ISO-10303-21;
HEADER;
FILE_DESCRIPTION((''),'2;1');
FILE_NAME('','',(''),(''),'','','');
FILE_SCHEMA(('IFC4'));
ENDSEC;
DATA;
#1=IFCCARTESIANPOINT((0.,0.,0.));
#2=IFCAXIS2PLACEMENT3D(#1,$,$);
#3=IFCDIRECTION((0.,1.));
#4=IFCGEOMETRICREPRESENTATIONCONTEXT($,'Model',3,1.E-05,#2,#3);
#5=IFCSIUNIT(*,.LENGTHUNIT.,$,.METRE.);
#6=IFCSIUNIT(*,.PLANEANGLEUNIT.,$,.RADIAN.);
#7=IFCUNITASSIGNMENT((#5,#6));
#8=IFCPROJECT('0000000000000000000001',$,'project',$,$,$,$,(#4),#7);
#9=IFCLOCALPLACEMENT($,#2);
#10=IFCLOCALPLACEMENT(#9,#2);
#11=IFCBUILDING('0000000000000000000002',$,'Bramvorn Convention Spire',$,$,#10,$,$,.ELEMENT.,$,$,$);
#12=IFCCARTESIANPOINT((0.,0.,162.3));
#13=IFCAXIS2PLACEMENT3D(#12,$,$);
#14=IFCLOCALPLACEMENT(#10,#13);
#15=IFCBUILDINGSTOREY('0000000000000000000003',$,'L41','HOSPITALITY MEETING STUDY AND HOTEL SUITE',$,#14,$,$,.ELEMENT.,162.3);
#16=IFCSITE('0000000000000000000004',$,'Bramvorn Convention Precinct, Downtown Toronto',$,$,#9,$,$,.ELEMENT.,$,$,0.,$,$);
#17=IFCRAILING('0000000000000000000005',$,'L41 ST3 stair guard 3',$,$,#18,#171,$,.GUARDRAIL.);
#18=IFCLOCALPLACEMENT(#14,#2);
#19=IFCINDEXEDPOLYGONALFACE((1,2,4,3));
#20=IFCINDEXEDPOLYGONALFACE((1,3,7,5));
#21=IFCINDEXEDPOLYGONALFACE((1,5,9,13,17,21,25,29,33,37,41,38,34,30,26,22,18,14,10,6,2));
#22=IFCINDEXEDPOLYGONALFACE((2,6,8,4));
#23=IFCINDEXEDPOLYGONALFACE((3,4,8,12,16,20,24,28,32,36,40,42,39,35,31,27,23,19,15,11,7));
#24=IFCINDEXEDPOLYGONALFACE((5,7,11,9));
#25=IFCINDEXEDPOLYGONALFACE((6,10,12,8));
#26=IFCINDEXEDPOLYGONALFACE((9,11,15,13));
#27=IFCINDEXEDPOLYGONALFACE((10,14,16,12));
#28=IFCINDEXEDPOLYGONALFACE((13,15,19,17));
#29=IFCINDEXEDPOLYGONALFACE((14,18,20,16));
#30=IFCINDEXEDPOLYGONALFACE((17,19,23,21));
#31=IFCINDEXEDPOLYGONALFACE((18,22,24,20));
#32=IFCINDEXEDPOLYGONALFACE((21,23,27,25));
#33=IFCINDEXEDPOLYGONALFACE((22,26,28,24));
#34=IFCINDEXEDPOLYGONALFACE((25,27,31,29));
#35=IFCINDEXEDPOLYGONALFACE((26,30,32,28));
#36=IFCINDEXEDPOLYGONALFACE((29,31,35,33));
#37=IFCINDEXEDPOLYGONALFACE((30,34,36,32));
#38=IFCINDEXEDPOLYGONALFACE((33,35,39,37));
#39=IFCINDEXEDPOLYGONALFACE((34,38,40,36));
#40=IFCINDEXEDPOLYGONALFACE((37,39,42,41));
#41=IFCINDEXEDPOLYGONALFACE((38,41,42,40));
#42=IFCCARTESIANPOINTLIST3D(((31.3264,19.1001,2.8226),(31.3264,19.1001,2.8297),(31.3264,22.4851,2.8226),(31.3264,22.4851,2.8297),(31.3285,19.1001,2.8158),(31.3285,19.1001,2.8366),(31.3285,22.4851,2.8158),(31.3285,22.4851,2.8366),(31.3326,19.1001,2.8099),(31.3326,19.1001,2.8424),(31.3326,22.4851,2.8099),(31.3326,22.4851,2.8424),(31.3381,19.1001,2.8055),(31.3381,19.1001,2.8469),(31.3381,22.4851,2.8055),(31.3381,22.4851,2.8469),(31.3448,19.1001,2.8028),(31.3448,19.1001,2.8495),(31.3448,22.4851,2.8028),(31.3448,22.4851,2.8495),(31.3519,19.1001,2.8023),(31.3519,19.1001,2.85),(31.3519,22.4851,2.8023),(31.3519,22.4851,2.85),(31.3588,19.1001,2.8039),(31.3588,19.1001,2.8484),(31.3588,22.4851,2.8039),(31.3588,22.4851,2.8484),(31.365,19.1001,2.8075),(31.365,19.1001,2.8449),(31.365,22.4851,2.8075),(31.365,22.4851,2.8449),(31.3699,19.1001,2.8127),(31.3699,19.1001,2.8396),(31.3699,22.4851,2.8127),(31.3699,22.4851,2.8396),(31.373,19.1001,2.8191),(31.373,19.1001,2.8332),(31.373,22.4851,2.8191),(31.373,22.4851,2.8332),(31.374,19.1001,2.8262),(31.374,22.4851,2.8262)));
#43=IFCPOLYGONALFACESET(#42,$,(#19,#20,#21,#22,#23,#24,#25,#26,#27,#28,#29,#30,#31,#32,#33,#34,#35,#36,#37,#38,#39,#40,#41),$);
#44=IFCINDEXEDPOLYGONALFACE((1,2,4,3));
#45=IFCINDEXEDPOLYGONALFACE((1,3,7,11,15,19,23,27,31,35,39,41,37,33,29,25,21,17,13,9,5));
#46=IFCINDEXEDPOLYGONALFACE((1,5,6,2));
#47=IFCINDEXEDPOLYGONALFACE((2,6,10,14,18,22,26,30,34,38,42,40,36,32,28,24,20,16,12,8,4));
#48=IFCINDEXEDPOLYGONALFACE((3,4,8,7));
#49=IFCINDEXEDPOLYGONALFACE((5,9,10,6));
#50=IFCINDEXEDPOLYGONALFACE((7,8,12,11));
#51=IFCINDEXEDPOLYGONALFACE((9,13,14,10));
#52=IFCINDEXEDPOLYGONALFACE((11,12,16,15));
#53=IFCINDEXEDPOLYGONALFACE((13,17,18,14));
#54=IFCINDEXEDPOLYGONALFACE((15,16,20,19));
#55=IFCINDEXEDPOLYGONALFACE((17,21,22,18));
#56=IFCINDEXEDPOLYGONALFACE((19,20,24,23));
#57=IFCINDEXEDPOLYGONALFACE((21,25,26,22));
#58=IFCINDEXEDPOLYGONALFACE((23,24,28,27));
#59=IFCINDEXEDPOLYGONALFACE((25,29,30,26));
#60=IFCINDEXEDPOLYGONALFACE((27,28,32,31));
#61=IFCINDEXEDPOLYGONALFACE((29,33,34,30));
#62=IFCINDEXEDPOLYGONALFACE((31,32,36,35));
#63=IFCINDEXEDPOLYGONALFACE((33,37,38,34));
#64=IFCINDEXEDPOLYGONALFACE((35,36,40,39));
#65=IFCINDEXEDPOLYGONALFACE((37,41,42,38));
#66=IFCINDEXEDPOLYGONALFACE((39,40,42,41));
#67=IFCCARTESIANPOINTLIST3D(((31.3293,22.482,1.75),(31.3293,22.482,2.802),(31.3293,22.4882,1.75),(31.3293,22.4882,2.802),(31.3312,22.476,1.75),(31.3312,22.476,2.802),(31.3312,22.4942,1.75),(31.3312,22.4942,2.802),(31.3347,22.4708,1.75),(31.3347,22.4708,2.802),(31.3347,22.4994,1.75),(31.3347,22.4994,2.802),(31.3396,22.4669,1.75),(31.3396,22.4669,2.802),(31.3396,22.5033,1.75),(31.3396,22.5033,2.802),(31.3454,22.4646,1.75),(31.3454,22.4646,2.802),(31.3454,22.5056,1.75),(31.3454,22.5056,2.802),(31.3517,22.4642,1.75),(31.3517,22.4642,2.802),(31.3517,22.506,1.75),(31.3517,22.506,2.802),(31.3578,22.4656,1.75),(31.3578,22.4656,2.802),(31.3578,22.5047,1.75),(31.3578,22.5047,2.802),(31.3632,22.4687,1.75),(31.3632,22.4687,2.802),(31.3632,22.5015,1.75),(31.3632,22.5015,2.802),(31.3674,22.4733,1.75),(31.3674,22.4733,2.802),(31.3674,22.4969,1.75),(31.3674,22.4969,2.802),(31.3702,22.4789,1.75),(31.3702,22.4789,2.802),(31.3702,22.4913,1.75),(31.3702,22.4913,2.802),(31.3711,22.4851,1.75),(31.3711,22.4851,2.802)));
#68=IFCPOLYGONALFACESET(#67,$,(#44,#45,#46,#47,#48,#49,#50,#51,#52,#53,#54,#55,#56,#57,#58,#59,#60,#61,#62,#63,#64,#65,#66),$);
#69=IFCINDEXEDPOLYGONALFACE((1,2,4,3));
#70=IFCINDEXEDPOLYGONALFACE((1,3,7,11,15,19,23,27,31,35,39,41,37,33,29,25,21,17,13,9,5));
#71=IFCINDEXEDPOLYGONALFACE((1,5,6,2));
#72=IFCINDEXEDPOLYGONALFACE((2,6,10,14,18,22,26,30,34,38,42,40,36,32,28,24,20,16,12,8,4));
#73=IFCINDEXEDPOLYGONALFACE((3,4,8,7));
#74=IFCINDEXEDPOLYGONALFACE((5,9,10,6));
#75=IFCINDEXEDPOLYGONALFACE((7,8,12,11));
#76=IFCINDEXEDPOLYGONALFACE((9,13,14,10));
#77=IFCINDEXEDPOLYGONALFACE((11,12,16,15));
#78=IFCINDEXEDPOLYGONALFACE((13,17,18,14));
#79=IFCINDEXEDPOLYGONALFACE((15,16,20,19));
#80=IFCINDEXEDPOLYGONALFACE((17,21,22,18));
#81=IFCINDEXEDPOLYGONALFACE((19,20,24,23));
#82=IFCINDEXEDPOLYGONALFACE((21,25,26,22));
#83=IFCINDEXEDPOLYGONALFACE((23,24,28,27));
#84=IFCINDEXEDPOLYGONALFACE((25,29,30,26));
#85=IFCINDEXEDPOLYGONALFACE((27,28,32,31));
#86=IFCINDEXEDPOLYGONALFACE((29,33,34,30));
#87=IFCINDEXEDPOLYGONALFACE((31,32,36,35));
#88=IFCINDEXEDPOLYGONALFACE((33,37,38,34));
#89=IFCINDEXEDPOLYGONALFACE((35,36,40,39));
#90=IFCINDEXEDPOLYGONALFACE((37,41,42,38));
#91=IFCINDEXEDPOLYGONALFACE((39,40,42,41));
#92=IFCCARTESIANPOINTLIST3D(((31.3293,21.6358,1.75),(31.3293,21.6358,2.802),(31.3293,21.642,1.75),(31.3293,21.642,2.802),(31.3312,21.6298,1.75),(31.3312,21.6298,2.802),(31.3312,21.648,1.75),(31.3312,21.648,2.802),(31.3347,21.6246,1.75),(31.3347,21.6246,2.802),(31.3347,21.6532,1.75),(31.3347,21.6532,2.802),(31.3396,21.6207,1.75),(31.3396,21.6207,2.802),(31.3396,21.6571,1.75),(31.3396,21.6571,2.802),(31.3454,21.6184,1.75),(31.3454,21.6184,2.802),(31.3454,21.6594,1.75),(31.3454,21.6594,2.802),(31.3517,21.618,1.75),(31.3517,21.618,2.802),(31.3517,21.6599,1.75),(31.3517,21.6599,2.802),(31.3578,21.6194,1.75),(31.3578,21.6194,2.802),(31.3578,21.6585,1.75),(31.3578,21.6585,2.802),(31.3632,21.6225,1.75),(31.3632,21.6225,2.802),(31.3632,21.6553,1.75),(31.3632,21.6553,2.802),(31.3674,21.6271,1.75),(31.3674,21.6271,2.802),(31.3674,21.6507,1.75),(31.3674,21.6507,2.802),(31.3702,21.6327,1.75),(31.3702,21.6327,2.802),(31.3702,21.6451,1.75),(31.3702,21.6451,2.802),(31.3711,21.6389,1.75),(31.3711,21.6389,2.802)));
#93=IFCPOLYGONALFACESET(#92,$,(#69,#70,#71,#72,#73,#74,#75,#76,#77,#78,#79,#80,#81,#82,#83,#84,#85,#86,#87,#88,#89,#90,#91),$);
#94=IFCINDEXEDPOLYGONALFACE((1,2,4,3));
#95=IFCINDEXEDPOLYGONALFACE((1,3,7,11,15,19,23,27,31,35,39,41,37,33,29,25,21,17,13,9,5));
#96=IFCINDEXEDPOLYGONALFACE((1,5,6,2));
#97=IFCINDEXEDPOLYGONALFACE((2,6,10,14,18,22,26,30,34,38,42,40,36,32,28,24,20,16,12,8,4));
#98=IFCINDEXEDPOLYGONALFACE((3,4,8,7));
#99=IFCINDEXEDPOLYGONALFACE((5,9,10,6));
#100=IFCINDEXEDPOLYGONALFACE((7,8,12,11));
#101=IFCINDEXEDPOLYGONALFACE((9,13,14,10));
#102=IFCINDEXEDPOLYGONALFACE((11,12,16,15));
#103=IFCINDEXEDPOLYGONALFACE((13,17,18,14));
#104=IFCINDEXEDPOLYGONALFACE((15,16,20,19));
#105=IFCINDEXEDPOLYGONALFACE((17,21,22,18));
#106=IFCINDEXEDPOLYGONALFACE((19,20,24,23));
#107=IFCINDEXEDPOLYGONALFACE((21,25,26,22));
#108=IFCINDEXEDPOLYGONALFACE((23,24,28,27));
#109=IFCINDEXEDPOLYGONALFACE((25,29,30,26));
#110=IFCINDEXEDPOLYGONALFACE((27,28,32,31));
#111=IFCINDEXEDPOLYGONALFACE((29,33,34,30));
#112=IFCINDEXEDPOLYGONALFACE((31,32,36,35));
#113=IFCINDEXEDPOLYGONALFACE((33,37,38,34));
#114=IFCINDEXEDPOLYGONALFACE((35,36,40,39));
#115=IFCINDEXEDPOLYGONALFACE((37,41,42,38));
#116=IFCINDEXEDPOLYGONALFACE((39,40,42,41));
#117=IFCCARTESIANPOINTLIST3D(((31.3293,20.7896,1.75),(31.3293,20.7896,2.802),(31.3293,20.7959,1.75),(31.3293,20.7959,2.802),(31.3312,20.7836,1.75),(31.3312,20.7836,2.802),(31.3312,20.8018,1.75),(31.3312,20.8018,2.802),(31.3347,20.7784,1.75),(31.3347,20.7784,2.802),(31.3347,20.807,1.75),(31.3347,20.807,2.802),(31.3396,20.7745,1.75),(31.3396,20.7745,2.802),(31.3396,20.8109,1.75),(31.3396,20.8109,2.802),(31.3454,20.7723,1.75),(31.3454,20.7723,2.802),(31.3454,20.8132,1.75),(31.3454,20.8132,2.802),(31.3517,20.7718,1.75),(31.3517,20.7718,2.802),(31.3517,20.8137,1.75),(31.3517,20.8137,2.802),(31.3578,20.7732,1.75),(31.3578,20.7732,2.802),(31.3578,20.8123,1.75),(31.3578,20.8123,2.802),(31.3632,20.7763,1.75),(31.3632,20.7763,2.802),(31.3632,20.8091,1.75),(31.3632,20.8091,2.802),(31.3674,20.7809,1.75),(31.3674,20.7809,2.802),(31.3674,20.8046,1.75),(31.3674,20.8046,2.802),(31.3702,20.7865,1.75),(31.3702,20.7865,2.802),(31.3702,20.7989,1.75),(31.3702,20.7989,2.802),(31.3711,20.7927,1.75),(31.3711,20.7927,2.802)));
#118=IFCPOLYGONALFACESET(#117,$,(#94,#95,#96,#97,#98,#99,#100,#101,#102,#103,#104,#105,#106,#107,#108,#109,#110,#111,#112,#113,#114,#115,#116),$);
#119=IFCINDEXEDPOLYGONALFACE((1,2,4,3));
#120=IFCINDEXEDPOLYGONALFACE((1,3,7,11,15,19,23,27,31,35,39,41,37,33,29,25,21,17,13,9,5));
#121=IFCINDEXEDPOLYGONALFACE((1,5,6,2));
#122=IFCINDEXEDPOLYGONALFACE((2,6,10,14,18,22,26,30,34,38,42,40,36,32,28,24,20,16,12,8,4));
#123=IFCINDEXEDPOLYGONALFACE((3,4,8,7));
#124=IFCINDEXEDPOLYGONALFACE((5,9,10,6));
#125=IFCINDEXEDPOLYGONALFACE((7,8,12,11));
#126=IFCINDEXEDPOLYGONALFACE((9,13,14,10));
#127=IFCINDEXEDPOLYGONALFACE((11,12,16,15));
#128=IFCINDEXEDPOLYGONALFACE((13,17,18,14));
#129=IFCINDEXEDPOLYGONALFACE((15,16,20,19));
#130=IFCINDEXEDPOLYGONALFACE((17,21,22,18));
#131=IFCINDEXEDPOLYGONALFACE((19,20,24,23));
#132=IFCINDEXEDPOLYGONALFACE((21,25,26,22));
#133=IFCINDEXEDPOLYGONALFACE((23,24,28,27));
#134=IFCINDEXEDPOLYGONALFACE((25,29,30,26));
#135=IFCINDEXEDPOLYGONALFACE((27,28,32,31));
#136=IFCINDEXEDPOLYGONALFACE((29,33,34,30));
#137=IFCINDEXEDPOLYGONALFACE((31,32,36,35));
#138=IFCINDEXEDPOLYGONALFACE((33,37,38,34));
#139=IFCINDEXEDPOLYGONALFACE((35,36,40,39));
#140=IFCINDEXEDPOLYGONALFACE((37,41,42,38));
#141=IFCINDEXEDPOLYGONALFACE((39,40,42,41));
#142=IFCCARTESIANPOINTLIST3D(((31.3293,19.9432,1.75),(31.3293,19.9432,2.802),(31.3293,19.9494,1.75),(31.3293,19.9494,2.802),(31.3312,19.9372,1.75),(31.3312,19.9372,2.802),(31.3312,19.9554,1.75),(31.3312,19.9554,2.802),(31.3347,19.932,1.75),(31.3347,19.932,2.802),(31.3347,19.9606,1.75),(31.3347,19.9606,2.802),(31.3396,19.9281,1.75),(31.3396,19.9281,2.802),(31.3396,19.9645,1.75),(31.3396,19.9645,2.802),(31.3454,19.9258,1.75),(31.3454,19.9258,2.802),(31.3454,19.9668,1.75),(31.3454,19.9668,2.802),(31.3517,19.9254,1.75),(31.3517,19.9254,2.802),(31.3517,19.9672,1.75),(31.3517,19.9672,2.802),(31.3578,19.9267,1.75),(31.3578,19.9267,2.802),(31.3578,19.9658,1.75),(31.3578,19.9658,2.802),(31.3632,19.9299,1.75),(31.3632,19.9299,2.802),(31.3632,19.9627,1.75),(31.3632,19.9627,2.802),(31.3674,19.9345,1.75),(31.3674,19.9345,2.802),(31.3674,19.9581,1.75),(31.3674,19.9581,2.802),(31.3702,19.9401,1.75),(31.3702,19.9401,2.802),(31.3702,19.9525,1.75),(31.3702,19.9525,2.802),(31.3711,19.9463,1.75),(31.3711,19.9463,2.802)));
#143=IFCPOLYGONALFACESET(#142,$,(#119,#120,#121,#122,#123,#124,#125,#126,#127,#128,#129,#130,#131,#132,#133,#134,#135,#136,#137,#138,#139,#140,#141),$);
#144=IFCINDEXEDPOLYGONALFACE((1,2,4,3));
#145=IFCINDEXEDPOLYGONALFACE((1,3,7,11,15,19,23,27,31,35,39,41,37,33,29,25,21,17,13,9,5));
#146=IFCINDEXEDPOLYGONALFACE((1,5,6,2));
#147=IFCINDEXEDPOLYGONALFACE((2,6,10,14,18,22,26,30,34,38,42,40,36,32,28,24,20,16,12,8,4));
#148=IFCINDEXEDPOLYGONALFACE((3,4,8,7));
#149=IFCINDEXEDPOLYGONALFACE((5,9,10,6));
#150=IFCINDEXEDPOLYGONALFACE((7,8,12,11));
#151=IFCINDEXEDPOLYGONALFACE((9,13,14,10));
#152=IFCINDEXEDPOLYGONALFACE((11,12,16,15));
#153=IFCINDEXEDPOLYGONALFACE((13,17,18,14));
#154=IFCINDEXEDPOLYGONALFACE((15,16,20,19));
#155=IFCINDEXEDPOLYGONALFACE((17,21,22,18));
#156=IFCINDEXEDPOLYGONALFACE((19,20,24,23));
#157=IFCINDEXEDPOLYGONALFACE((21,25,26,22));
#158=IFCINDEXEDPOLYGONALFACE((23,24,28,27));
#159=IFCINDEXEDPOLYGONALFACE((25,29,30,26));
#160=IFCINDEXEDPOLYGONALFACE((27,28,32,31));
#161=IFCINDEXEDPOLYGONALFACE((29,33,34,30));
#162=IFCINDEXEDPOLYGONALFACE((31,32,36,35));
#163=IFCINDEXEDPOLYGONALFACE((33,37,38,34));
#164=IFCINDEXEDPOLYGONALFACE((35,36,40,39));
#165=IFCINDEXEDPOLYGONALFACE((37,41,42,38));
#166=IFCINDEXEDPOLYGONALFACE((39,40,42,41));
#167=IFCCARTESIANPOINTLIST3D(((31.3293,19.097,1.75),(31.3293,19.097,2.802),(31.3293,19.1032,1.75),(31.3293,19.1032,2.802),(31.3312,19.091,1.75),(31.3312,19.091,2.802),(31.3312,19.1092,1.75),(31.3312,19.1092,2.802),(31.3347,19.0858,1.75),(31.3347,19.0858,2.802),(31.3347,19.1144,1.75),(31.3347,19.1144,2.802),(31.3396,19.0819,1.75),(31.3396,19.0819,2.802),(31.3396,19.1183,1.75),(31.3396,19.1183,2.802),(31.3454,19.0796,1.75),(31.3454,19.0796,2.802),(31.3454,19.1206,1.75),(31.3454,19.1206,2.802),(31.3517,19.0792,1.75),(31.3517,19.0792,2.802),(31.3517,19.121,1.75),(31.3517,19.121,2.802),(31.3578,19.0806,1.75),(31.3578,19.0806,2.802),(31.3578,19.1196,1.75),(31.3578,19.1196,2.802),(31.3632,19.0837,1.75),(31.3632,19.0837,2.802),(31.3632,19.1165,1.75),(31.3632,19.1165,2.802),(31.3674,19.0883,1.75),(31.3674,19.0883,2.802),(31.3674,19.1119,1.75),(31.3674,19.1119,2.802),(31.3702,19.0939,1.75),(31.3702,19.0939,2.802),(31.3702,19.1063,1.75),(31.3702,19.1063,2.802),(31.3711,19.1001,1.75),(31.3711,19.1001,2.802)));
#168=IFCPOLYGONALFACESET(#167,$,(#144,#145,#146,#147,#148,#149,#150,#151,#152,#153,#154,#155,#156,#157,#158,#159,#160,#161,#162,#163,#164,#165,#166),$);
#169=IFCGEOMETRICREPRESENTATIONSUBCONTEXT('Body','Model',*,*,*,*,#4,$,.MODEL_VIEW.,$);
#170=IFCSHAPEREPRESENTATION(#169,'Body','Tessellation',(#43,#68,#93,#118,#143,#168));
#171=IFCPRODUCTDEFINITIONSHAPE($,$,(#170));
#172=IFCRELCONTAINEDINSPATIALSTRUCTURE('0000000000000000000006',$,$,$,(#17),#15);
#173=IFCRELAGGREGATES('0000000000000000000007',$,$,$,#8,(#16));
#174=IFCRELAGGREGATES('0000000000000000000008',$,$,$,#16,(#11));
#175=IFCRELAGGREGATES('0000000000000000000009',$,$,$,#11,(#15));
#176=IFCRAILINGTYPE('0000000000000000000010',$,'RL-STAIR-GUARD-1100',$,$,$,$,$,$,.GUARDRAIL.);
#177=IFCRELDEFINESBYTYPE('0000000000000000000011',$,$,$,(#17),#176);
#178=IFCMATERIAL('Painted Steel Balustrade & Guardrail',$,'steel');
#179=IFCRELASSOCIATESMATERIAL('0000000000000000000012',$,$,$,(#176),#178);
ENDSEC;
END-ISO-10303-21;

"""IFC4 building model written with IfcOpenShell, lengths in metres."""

from ifc_helpers import new_model, si_unit, direction, frame, origin, origin_2d, place, context, subcontext, project, spatial, circle, extrude, material, type_object, element, save


model = new_model("IFC4")

# Units and contexts
model_context = context("Model", 3, precision=1e-05, world=origin(), true_north=direction((0.0, 1.0)))
body_context = subcontext(model_context, "Body", "Model", "MODEL_VIEW")
ifc_project = project(units=[si_unit("LENGTHUNIT", "METRE"), si_unit("PLANEANGLEUNIT", "RADIAN")], contexts=[model_context])

# Site, building, storey
site_placement = place(None, origin())
site = spatial("IfcSite", under=ifc_project, at=site_placement, Name="Bramvorn Convention Precinct, Downtown Toronto", CompositionType="ELEMENT", RefElevation=0.0)
building_placement = place(site_placement, origin())
building = spatial("IfcBuilding", under=site, at=building_placement, Name="Bramvorn Convention Spire", CompositionType="ELEMENT")
storey_placement = place(building_placement, frame((0.0, 0.0, 162.3)))
storey = spatial("IfcBuildingStorey", under=building, at=storey_placement, Name="L41", Description="HOSPITALITY MEETING STUDY AND HOTEL SUITE", CompositionType="ELEMENT", Elevation=162.3)

# Railing
ifc_material_1 = material(Name="Painted Steel Balustrade & Guardrail", Category="steel")
railing_type_1 = type_object("IfcRailingType", Name="RL-STAIR-GUARD-1100", PredefinedType="GUARDRAIL", material=ifc_material_1)
for number, where, name in (
    (1, (31.3501, 22.4851, 1.75), "L41 ST3 stair guard 3"),
):
    element("IfcRailing", number, at=place(storey_placement, frame(where)), inside=storey, type_object=railing_type_1, Name=name, PredefinedType="GUARDRAIL", context=body_context, shape_type="SweptSolid", body=[
        extrude(circle(Radius=0.0239, at=origin_2d()), frame((0.0, 0.0, 1.0762), z_axis=(0.0, -1.0, 0.0), x_axis=(1.0, 0.0, 0.0)), (0.0, 0.0, 1.0), 3.385),
        extrude(circle(Radius=0.021, at=origin_2d()), origin(), (0.0, 0.0, 1.0), 1.052),
        extrude(circle(Radius=0.021, at=origin_2d()), frame((0.0, -0.8462, 0.0)), (0.0, 0.0, 1.0), 1.052),
        extrude(circle(Radius=0.021, at=origin_2d()), frame((0.0, -1.6924, 0.0)), (0.0, 0.0, 1.0), 1.052),
        extrude(circle(Radius=0.021, at=origin_2d()), frame((0.0, -2.5388, 0.0)), (0.0, 0.0, 1.0), 1.052),
        extrude(circle(Radius=0.021, at=origin_2d()), frame((0.0, -3.385, 0.0)), (0.0, 0.0, 1.0), 1.052),
    ])

save(model, "model.ifc")
